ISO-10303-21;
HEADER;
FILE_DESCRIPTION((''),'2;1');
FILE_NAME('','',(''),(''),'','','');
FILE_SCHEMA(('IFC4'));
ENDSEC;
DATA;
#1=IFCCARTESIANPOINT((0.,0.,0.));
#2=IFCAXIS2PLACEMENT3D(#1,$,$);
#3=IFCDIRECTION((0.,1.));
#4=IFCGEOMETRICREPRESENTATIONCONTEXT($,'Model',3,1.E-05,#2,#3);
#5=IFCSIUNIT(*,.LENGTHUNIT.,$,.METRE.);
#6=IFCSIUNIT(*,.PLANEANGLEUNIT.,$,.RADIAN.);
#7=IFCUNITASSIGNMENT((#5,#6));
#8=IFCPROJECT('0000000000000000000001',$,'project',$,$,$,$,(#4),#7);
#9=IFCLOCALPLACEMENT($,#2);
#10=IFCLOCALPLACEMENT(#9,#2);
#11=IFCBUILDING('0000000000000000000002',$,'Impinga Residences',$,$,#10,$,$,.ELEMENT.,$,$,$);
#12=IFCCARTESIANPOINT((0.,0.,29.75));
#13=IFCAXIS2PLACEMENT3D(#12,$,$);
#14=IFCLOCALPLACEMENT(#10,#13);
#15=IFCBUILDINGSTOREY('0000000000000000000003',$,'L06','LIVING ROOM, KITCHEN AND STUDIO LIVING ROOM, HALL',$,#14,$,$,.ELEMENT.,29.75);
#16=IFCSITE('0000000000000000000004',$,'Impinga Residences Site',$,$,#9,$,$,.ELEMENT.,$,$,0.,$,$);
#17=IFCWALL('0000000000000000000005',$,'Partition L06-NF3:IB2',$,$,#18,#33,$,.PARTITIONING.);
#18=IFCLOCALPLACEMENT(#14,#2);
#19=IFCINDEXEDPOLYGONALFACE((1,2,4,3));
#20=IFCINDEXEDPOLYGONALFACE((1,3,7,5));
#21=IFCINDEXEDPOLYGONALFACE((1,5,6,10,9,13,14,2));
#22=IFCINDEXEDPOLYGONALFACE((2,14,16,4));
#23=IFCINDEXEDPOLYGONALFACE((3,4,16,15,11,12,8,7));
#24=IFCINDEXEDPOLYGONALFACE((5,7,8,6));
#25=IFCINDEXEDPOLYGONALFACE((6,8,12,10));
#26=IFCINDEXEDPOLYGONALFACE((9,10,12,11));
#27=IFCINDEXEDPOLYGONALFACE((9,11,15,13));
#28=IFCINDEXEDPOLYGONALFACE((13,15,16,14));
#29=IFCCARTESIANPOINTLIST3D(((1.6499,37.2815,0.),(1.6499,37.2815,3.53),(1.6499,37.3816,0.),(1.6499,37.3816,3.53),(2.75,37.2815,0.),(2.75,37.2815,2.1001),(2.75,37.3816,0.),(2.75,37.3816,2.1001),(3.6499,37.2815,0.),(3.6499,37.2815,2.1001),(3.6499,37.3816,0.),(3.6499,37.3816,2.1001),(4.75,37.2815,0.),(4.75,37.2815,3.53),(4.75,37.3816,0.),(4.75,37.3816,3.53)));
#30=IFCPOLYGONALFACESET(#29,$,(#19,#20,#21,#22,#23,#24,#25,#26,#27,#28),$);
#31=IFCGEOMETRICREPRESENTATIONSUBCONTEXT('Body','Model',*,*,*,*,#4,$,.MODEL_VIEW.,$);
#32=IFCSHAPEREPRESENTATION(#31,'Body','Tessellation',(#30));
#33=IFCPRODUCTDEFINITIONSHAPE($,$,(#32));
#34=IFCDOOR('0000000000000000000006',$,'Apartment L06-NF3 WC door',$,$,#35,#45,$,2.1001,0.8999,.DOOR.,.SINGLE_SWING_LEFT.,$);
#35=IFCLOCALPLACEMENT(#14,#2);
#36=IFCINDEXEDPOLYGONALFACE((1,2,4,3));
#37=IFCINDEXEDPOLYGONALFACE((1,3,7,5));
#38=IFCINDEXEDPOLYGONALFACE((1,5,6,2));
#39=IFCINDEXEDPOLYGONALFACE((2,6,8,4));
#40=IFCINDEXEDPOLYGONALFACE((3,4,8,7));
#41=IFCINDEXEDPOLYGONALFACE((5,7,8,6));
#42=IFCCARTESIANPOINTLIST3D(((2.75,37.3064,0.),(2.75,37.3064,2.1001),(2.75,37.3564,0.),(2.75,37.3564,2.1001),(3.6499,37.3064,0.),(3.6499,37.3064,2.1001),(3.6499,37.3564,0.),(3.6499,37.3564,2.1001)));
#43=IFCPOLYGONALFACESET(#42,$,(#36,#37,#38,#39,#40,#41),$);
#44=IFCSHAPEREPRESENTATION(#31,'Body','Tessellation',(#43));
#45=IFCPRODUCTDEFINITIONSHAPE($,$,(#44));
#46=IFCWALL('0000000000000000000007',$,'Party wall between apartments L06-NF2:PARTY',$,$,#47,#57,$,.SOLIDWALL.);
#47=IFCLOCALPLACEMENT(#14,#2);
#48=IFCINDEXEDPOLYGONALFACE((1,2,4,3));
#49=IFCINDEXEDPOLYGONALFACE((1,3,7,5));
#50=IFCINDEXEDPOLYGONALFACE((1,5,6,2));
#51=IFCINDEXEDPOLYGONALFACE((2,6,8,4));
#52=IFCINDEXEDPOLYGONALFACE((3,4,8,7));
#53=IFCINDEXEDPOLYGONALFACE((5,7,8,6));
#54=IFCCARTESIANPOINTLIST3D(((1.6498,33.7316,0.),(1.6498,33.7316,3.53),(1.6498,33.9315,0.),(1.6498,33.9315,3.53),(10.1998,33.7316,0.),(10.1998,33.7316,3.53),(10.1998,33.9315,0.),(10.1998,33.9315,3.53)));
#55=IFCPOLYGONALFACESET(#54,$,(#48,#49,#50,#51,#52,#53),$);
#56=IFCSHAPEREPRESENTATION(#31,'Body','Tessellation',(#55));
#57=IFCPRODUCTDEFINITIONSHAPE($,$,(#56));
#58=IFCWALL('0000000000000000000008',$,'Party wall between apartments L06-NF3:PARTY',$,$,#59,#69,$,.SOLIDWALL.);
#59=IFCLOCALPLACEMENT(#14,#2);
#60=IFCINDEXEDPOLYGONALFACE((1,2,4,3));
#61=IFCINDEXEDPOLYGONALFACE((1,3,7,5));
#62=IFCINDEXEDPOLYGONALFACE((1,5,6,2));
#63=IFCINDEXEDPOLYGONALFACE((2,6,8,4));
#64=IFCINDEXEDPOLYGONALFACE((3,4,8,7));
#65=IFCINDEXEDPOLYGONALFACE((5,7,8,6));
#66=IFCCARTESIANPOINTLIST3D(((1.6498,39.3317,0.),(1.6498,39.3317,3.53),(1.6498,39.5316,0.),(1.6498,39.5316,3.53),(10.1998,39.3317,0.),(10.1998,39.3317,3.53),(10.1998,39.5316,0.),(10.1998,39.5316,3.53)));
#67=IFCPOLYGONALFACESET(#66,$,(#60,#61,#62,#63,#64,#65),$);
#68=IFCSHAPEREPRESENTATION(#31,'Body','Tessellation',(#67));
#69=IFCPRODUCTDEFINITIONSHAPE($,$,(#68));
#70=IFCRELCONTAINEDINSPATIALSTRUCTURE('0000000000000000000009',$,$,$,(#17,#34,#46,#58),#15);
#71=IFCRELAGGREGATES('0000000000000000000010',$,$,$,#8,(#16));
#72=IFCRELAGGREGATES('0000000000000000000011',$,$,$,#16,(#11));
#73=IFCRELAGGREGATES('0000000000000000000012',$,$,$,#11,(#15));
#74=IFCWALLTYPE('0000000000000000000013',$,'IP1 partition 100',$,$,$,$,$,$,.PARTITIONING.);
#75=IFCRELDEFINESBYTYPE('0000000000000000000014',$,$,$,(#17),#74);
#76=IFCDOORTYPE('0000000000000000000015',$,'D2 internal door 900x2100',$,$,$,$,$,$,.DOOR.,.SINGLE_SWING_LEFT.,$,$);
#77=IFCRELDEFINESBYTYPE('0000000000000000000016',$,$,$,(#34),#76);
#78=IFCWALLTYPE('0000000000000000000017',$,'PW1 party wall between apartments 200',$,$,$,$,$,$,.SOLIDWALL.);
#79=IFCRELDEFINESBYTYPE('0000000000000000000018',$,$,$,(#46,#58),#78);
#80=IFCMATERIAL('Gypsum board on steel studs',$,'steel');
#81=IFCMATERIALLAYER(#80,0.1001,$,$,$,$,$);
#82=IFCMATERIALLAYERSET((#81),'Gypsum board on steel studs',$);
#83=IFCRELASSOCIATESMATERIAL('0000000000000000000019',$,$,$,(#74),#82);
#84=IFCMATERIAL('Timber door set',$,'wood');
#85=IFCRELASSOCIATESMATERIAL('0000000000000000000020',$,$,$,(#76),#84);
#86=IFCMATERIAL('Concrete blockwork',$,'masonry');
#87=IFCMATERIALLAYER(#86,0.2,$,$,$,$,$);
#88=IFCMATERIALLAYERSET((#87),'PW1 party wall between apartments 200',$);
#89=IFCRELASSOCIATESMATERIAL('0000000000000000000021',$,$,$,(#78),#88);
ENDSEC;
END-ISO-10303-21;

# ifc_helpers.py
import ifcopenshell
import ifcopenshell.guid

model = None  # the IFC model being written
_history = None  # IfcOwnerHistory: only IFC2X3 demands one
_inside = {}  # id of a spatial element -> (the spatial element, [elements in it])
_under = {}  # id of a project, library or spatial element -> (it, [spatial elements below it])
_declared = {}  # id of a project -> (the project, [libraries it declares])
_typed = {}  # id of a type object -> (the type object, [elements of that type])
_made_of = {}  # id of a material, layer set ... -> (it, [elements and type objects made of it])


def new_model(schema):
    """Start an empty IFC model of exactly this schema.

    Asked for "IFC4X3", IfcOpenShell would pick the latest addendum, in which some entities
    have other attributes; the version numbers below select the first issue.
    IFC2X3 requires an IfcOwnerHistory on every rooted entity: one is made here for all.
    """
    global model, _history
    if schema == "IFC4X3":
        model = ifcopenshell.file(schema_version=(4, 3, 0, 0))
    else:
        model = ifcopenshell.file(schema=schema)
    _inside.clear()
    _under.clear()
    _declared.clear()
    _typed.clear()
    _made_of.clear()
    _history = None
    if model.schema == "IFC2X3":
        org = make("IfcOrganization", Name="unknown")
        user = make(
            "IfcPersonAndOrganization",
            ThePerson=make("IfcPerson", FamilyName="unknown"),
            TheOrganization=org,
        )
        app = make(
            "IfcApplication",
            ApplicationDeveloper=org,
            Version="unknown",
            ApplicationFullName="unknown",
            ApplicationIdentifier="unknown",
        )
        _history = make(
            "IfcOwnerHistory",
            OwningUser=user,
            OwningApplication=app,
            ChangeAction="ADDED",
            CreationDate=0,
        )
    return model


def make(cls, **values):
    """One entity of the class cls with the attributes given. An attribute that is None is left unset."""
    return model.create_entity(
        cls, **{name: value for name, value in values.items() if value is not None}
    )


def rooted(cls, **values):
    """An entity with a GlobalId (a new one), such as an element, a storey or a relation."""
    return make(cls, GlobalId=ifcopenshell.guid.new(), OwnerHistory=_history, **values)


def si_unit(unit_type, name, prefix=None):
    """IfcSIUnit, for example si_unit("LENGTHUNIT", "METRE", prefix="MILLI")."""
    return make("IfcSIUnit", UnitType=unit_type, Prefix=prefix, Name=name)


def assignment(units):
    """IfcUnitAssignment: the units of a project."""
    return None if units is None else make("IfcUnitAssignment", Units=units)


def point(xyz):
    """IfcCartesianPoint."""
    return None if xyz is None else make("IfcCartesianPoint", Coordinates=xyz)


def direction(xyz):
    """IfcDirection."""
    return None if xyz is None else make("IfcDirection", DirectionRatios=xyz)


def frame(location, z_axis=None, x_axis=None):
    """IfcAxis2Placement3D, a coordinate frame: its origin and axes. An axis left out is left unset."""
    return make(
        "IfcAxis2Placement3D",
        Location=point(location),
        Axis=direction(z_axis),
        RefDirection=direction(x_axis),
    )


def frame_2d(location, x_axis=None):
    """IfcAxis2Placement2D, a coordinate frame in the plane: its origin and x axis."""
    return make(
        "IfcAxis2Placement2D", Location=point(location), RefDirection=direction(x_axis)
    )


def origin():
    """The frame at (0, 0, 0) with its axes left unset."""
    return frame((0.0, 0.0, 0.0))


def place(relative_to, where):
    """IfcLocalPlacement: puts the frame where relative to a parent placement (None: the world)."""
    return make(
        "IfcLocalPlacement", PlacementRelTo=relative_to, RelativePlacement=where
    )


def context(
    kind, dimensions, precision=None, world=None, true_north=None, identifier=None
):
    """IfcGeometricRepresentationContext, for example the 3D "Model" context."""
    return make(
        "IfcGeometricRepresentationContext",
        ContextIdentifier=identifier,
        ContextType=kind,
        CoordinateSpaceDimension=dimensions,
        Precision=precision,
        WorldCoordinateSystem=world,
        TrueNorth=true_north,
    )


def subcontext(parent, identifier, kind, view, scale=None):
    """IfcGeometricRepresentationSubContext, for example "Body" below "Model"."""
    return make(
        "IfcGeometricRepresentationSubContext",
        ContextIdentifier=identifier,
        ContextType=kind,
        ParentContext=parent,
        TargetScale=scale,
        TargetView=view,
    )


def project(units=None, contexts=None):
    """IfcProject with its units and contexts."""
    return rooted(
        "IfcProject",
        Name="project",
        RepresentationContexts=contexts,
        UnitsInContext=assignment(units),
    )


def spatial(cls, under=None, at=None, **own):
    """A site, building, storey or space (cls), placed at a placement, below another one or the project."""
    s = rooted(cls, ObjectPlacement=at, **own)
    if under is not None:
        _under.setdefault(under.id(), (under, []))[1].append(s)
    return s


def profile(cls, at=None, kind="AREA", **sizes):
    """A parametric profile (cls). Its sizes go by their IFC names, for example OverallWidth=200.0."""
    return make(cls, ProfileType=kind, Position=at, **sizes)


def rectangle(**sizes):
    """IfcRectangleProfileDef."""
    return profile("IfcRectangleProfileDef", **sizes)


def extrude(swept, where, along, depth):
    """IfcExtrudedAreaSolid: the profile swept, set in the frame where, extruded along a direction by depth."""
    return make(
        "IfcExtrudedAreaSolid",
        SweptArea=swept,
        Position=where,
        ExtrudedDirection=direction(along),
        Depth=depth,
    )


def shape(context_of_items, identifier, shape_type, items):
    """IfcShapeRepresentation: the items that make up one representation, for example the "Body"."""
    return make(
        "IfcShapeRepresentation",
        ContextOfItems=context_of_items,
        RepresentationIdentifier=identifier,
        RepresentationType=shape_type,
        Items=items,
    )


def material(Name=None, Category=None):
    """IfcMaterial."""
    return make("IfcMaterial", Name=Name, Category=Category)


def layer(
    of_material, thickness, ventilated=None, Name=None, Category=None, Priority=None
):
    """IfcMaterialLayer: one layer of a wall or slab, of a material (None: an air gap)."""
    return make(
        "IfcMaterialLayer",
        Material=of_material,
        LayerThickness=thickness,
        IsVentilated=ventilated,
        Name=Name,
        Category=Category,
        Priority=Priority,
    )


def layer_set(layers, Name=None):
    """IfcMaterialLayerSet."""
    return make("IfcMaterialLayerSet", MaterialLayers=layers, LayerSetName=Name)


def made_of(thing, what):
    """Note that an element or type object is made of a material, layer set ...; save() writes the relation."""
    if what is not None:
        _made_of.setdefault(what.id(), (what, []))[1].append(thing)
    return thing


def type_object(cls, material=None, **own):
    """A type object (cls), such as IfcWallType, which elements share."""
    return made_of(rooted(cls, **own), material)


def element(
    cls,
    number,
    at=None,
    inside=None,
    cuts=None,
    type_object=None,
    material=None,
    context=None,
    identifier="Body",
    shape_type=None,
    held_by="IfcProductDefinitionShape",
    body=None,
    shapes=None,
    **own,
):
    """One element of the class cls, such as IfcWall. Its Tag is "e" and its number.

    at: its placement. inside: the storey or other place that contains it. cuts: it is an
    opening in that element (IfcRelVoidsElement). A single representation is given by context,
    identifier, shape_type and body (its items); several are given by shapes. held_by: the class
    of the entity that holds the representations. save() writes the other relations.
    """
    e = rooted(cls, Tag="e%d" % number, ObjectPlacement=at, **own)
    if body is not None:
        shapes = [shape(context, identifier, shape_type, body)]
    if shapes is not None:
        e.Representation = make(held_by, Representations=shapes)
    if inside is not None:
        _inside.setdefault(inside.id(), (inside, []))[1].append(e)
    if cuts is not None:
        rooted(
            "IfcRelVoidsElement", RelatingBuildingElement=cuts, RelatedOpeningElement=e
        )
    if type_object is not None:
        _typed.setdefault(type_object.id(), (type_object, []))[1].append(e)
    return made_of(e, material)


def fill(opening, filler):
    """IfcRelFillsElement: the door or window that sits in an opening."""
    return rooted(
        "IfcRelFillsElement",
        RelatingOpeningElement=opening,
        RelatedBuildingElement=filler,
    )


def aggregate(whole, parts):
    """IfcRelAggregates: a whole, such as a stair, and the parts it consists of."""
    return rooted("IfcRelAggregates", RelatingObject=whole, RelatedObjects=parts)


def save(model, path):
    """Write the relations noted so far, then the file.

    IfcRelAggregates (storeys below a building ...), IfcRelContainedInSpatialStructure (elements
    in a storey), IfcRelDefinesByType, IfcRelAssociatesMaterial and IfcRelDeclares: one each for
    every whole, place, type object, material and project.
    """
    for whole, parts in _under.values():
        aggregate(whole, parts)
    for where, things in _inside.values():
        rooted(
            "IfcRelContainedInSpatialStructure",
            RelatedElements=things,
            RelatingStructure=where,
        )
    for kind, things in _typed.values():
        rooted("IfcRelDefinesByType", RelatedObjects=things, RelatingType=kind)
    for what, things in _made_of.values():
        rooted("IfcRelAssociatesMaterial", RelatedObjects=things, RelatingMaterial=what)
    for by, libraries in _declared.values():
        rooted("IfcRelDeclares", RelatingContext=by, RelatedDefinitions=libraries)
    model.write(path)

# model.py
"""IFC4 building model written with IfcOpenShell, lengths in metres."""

from ifc_helpers import new_model, si_unit, direction, frame, frame_2d, origin, place, context, subcontext, project, spatial, rectangle, extrude, material, layer, layer_set, type_object, element, fill, save


model = new_model("IFC4")

# Units and contexts
model_context = context("Model", 3, precision=1e-05, world=origin(), true_north=direction((0.0, 1.0)))
body_context = subcontext(model_context, "Body", "Model", "MODEL_VIEW")
ifc_project = project(units=[si_unit("LENGTHUNIT", "METRE"), si_unit("PLANEANGLEUNIT", "RADIAN")], contexts=[model_context])

# Site, building, storey
site_placement = place(None, origin())
site = spatial("IfcSite", under=ifc_project, at=site_placement, Name="Impinga Residences Site", CompositionType="ELEMENT", RefElevation=0.0)
building_placement = place(site_placement, origin())
building = spatial("IfcBuilding", under=site, at=building_placement, Name="Impinga Residences", CompositionType="ELEMENT")
storey_placement = place(building_placement, frame((0.0, 0.0, 29.75)))
storey = spatial("IfcBuildingStorey", under=building, at=storey_placement, Name="L06", Description="LIVING ROOM, KITCHEN AND STUDIO LIVING ROOM, HALL", CompositionType="ELEMENT", Elevation=29.75)

# Shared definitions
ifc_material_1 = material(Name="Gypsum board on steel studs", Category="steel")
ifc_layer_1 = layer(ifc_material_1, 0.1001)
ifc_layer_set_1 = layer_set([ifc_layer_1], Name="Gypsum board on steel studs")
wall_type_1 = type_object("IfcWallType", Name="IP1 partition 100", PredefinedType="PARTITIONING", material=ifc_layer_set_1)

# Shared definitions
ifc_material_2 = material(Name="Timber door set", Category="wood")
door_type = type_object("IfcDoorType", Name="D2 internal door 900x2100", OperationType="SINGLE_SWING_LEFT", PredefinedType="DOOR", material=ifc_material_2)

# Wall, opening, door
wall_1_placement = place(storey_placement, frame((1.6499, 37.3315, 0.0), z_axis=(0.0, 0.0, 1.0), x_axis=(1.0, 0.0, 0.0)))
wall_1 = element("IfcWall", 1, at=wall_1_placement, inside=storey, type_object=wall_type_1, Name="Partition L06-NF3:IB2", PredefinedType="PARTITIONING", context=body_context, shape_type="SweptSolid", body=[
    extrude(rectangle(XDim=3.1001, YDim=0.1001, at=frame_2d((1.55, 0.0))), origin(), (0.0, 0.0, 1.0), 3.53),
])
opening_1_placement = place(wall_1_placement, frame((1.1001, 0.0, 0.0)))
opening_1 = element("IfcOpeningElement", 2, at=opening_1_placement, cuts=wall_1, PredefinedType="OPENING", context=body_context, shape_type="SweptSolid", body=[
    extrude(rectangle(XDim=0.8999, YDim=2.1001, at=frame_2d((0.45, 1.05))), frame((0.0, 0.0601, 0.0), z_axis=(0.0, -1.0, 0.0), x_axis=(1.0, 0.0, 0.0)), (0.0, 0.0, 1.0), 0.1201),
])
door_1_placement = place(opening_1_placement, origin())
door_1 = element("IfcDoor", 3, at=door_1_placement, inside=storey, type_object=door_type, Name="Apartment L06-NF3 WC door", OperationType="SINGLE_SWING_LEFT", OverallHeight=2.1001, OverallWidth=0.8999, PredefinedType="DOOR", context=body_context, shape_type="SweptSolid", body=[
    extrude(rectangle(XDim=0.8999, YDim=2.1001, at=frame_2d((0.45, 1.05))), frame((0.0, 0.0249, 0.0), z_axis=(0.0, -1.0, 0.0), x_axis=(1.0, 0.0, 0.0)), (0.0, 0.0, 1.0), 0.05),
])
fill(opening_1, door_1)

# Walls
ifc_material_3 = material(Name="Concrete blockwork", Category="masonry")
ifc_layer_2 = layer(ifc_material_3, 0.2)
ifc_layer_set_2 = layer_set([ifc_layer_2], Name="PW1 party wall between apartments 200")
wall_type_2 = type_object("IfcWallType", Name="PW1 party wall between apartments 200", PredefinedType="SOLIDWALL", material=ifc_layer_set_2)
for number, where, z_axis, x_axis, name in (
    (4, (1.6499, 33.8315, 0.0), (0.0, 0.0, 1.0), (1.0, 0.0, 0.0), "Party wall between apartments L06-NF2:PARTY"),
    (5, (1.6499, 39.4316, 0.0), (0.0, 0.0, 1.0), (1.0, 0.0, 0.0), "Party wall between apartments L06-NF3:PARTY"),
):
    element("IfcWall", number, at=place(storey_placement, frame(where, z_axis=z_axis, x_axis=x_axis)), inside=storey, type_object=wall_type_2, Name=name, PredefinedType="SOLIDWALL", context=body_context, shape_type="SweptSolid", body=[
        extrude(rectangle(XDim=8.55, YDim=0.2, at=frame_2d((4.2749, 0.0))), origin(), (0.0, 0.0, 1.0), 3.53),
    ])

save(model, "model.ifc")
